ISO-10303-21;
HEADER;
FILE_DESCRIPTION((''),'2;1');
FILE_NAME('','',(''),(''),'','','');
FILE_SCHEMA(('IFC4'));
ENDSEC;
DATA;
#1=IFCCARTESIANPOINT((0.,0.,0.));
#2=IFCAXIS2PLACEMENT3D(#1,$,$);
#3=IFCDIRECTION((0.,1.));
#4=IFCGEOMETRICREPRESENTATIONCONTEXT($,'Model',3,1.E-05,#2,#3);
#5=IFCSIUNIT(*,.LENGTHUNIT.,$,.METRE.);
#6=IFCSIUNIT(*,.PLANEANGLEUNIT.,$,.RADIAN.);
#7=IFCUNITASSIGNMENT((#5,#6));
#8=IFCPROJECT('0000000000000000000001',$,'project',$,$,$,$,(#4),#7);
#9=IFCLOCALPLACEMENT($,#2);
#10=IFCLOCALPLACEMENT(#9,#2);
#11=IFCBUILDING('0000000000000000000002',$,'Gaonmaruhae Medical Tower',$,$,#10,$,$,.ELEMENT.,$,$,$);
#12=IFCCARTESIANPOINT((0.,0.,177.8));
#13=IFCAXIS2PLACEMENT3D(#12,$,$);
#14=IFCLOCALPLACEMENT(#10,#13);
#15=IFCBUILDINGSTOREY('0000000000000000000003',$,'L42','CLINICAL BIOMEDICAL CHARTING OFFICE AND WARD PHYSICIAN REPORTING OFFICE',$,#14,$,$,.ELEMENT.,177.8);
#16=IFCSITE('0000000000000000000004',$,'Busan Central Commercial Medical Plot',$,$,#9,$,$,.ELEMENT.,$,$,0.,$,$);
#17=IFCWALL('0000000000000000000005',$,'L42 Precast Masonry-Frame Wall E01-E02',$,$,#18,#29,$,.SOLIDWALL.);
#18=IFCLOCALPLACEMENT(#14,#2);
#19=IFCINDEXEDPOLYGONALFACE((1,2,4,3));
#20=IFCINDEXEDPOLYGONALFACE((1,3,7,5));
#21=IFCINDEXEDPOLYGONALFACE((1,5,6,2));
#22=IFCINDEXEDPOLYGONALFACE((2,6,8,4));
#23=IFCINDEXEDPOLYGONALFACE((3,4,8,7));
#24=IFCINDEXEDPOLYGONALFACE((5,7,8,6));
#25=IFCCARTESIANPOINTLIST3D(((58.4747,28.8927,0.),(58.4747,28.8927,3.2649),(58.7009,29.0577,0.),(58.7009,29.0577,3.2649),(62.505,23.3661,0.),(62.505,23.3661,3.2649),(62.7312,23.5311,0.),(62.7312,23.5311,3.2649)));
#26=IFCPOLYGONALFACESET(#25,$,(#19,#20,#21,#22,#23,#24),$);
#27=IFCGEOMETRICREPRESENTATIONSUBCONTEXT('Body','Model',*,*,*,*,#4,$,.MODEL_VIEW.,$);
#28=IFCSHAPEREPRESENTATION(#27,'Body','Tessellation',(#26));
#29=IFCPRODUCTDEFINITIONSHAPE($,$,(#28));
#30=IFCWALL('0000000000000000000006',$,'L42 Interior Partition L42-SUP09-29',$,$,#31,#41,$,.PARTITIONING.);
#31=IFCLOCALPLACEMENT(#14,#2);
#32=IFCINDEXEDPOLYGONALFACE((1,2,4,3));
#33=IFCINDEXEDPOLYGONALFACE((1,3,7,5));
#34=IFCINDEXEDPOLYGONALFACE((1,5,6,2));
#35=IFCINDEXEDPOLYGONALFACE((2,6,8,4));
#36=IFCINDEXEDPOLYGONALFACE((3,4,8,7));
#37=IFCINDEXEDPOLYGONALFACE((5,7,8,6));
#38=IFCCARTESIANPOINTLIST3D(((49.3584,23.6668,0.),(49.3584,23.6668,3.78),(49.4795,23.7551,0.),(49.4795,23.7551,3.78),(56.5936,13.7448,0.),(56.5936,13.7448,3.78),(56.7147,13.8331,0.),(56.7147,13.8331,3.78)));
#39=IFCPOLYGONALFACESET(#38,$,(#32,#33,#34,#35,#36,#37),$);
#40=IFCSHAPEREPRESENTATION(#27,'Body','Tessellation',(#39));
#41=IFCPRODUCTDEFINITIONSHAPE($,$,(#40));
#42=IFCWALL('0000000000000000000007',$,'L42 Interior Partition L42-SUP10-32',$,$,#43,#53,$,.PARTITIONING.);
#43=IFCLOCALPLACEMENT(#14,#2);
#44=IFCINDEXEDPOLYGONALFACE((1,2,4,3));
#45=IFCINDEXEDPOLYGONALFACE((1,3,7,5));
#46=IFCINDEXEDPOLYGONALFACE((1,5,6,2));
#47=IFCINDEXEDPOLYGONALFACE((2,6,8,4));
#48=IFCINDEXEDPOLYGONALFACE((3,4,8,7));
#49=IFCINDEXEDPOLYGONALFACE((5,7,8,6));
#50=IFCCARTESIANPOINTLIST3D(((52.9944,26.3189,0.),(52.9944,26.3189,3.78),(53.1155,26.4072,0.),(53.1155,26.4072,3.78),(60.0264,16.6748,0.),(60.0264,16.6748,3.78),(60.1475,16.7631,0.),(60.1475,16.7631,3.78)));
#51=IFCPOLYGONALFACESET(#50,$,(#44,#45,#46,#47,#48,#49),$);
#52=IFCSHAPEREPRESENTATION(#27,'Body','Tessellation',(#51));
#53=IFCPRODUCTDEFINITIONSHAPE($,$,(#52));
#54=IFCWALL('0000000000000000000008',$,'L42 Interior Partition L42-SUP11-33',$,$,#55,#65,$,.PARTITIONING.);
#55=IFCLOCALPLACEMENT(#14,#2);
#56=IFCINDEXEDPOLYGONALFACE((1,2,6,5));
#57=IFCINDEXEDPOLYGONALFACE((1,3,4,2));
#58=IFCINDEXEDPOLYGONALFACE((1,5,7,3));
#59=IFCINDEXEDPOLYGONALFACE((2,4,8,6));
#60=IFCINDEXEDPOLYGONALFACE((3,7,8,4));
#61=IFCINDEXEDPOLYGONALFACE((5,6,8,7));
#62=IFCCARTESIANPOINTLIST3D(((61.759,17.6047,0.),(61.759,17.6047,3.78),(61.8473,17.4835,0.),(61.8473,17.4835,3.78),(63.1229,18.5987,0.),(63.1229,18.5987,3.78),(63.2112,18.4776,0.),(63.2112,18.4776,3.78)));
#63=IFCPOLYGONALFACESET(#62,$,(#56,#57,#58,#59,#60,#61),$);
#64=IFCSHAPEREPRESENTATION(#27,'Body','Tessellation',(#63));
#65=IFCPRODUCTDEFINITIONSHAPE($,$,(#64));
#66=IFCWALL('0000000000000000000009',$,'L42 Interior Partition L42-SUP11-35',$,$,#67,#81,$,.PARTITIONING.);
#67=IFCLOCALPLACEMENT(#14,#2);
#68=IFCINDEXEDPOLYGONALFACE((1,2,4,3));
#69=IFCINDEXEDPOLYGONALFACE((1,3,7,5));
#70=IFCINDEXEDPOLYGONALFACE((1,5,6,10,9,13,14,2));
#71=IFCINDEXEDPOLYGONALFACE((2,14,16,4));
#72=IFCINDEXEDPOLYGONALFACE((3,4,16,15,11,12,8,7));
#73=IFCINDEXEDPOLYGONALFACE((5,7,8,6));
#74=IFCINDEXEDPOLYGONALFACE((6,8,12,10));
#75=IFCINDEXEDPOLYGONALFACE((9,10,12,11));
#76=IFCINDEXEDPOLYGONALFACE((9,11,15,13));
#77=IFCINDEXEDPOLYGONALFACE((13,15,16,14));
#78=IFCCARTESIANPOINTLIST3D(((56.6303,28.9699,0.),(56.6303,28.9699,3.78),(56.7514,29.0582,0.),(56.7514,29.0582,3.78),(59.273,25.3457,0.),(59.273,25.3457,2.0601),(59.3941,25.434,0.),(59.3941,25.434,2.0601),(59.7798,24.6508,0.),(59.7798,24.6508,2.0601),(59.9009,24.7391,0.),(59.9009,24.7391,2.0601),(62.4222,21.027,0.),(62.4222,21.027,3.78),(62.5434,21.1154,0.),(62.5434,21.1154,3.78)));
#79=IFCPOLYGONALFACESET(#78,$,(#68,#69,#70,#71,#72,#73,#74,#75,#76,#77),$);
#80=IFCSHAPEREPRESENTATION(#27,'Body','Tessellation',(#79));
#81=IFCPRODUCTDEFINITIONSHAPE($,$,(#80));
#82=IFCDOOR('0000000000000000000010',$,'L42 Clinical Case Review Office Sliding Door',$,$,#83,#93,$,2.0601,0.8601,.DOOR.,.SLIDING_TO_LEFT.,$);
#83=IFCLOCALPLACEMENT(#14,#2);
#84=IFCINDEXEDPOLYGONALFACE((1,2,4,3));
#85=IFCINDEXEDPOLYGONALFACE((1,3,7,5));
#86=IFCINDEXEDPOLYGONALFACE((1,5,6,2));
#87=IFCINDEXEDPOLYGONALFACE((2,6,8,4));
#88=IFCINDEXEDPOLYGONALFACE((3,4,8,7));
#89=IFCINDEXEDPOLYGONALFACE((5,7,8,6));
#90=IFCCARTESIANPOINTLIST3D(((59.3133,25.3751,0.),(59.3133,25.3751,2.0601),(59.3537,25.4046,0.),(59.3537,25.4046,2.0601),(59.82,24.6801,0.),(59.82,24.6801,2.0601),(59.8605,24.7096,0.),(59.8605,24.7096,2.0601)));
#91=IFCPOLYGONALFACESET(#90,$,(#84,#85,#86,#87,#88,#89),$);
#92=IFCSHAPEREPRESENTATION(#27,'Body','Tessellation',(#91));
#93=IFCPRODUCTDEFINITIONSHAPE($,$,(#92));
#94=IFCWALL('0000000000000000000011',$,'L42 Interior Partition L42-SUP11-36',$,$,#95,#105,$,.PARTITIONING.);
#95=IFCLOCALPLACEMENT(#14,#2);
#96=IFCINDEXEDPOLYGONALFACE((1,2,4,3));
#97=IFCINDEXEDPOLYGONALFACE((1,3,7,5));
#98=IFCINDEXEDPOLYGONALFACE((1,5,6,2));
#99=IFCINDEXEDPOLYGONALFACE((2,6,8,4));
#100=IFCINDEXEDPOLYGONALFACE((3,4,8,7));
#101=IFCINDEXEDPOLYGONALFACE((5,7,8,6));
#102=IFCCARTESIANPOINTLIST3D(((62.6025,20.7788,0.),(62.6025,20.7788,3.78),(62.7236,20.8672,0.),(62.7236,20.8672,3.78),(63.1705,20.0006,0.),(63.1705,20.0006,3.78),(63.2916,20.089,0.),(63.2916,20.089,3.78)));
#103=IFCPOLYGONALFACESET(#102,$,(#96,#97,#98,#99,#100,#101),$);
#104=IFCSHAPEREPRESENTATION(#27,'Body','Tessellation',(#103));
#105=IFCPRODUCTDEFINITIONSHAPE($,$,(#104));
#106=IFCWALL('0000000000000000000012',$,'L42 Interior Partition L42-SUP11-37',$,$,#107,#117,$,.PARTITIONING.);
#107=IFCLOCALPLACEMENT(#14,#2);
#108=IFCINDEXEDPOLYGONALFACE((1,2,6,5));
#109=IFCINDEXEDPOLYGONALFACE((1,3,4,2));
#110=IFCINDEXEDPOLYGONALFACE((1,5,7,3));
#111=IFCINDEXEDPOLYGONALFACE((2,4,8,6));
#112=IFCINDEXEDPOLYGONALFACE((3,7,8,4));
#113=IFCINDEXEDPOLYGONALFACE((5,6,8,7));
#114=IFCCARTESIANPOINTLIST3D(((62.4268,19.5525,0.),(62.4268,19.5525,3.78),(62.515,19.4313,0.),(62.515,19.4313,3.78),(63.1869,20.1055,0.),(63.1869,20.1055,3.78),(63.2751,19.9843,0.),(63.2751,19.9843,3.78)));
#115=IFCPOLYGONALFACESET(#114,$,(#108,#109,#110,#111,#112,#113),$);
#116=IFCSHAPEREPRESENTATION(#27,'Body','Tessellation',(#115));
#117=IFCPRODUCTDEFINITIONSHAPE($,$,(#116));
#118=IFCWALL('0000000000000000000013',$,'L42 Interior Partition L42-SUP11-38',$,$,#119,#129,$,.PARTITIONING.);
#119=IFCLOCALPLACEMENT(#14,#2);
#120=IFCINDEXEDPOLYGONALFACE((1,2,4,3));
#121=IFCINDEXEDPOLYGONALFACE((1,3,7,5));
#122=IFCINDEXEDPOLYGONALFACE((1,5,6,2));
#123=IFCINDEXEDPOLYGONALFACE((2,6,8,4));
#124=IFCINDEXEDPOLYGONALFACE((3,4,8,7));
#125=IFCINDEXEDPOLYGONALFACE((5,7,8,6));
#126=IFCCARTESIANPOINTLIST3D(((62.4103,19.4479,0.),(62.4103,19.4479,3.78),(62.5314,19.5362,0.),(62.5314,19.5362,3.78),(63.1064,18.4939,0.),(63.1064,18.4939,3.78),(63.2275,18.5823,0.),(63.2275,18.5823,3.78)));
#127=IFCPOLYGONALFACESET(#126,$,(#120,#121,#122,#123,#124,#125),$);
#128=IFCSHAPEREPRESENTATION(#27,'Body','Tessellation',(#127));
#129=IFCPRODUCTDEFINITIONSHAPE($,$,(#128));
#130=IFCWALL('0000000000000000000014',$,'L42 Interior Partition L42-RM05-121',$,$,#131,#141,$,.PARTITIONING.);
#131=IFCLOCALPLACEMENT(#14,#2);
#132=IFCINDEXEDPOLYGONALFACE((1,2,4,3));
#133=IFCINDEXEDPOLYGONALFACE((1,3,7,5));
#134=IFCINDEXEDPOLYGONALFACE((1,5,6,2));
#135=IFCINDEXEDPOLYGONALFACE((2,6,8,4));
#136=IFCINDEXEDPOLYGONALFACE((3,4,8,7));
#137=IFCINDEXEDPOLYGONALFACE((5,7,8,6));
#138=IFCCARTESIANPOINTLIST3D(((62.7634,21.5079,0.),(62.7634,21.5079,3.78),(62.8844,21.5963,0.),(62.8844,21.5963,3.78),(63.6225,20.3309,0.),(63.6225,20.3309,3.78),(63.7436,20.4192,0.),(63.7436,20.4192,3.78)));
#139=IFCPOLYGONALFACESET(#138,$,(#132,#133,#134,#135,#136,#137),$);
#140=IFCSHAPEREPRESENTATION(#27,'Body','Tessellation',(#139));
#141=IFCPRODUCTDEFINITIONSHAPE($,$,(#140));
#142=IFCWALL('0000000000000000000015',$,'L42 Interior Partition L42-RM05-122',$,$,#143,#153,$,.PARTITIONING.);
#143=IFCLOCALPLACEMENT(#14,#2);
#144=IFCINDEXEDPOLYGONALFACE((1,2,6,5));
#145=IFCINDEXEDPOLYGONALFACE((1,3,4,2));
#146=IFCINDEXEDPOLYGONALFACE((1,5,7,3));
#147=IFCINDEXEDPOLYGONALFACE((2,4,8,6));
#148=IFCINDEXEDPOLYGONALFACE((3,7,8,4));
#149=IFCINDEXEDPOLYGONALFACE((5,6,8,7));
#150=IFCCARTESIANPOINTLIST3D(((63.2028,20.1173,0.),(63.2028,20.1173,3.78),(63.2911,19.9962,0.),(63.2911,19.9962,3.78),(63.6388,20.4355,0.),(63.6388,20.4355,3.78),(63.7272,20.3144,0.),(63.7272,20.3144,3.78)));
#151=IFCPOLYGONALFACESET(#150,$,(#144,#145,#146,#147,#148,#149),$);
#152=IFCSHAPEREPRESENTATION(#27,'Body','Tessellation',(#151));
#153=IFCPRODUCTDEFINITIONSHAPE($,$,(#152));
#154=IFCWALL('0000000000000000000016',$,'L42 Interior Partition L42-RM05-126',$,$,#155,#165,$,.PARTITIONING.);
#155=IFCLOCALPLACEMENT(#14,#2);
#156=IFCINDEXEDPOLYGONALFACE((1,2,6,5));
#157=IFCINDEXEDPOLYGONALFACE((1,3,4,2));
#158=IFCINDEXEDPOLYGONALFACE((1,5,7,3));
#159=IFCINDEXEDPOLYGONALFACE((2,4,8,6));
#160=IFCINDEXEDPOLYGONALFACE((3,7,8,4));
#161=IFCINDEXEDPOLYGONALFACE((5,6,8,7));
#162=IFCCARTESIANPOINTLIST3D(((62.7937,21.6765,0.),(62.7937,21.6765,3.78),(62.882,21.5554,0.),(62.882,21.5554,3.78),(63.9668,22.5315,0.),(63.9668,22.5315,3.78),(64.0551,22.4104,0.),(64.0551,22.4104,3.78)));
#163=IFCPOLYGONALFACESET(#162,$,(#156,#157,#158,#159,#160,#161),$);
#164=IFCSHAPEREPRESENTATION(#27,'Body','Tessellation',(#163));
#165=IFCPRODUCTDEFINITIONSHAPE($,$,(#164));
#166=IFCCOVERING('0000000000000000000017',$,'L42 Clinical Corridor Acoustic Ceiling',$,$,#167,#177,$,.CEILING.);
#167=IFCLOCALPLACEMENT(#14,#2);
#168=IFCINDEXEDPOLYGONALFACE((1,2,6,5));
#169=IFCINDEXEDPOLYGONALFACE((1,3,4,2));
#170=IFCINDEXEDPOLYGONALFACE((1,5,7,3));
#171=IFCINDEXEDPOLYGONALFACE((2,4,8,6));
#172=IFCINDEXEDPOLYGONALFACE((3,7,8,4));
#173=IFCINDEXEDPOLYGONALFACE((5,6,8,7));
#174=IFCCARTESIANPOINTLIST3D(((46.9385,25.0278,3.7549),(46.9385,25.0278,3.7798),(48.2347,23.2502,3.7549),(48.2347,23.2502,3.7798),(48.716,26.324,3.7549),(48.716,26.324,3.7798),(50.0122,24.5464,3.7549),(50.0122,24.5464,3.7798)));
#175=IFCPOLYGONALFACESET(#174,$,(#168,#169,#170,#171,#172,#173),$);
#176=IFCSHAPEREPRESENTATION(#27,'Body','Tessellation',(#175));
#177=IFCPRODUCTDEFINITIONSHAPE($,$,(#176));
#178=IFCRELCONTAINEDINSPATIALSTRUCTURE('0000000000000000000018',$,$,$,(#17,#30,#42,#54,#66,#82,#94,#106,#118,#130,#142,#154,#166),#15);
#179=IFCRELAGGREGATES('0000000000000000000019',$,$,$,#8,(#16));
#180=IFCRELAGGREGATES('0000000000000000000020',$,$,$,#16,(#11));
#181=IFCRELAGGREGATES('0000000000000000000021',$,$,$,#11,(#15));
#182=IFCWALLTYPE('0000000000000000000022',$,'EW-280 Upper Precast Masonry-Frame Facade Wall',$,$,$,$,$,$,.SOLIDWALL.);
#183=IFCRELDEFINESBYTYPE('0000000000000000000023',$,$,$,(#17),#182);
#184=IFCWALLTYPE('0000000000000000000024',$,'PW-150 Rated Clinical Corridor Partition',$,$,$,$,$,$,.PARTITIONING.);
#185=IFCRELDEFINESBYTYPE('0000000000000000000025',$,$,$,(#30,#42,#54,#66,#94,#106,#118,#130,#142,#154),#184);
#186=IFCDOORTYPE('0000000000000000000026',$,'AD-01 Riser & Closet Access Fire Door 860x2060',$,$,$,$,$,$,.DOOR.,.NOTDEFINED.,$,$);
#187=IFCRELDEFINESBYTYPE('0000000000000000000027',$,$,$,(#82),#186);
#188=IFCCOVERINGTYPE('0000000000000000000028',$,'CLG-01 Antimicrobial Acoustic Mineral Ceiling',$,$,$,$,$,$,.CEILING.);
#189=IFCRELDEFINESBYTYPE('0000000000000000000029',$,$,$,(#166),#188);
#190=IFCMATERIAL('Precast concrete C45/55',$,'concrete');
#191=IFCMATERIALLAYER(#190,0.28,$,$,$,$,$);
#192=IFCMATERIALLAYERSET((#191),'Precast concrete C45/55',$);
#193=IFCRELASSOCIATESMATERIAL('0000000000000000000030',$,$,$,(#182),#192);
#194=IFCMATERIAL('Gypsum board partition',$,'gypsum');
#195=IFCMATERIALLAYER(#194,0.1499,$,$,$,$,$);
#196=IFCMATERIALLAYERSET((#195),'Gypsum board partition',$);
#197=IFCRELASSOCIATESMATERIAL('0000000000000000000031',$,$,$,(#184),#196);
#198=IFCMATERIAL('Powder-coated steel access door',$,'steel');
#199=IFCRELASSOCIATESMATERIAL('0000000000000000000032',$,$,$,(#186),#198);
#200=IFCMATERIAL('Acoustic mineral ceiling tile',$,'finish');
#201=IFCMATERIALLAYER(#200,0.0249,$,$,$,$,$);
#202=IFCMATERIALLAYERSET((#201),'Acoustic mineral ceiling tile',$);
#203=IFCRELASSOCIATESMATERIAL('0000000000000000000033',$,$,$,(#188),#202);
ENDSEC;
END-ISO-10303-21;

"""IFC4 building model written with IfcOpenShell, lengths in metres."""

from ifc_helpers import new_model, si_unit, direction, frame, frame_2d, origin, origin_2d, place, context, subcontext, project, spatial, rectangle, extrude, material, layer, layer_set, type_object, element, fill, save


model = new_model("IFC4")

# Units and contexts
model_context = context("Model", 3, precision=1e-05, world=origin(), true_north=direction((0.0, 1.0)))
body_context = subcontext(model_context, "Body", "Model", "MODEL_VIEW")
ifc_project = project(units=[si_unit("LENGTHUNIT", "METRE"), si_unit("PLANEANGLEUNIT", "RADIAN")], contexts=[model_context])

# Site, building, storey
site_placement = place(None, origin())
site = spatial("IfcSite", under=ifc_project, at=site_placement, Name="Busan Central Commercial Medical Plot", CompositionType="ELEMENT", RefElevation=0.0)
building_placement = place(site_placement, origin())
building = spatial("IfcBuilding", under=site, at=building_placement, Name="Gaonmaruhae Medical Tower", CompositionType="ELEMENT")
storey_placement = place(building_placement, frame((0.0, 0.0, 177.8)))
storey = spatial("IfcBuildingStorey", under=building, at=storey_placement, Name="L42", Description="CLINICAL BIOMEDICAL CHARTING OFFICE AND WARD PHYSICIAN REPORTING OFFICE", CompositionType="ELEMENT", Elevation=177.8)

# Walls
ifc_material_1 = material(Name="Precast concrete C45/55", Category="concrete")
ifc_layer_1 = layer(ifc_material_1, 0.28)
ifc_layer_set_1 = layer_set([ifc_layer_1], Name="Precast concrete C45/55")
wall_type_1 = type_object("IfcWallType", Name="EW-280 Upper Precast Masonry-Frame Facade Wall", PredefinedType="SOLIDWALL", material=ifc_layer_set_1)
wall_1_placement = place(storey_placement, frame((58.5879, 28.9751, 0.0), z_axis=(0.0, 0.0, 1.0), x_axis=(0.589215, -0.807976, 0.0)))
element("IfcWall", 1, at=wall_1_placement, inside=storey, type_object=wall_type_1, Name="L42 Precast Masonry-Frame Wall E01-E02", PredefinedType="SOLIDWALL", context=body_context, shape_type="SweptSolid", body=[
    extrude(rectangle(XDim=6.8401, YDim=0.28, at=frame_2d((3.4199, 0.0))), origin(), (0.0, 0.0, 1.0), 3.2649),
])
ifc_material_2 = material(Name="Gypsum board partition", Category="gypsum")
ifc_layer_2 = layer(ifc_material_2, 0.1499)
ifc_layer_set_2 = layer_set([ifc_layer_2], Name="Gypsum board partition")
wall_type_2 = type_object("IfcWallType", Name="PW-150 Rated Clinical Corridor Partition", PredefinedType="PARTITIONING", material=ifc_layer_set_2)
wall_2_placement = place(storey_placement, frame((49.4189, 23.7109, 0.0), z_axis=(0.0, 0.0, 1.0), x_axis=(0.589194, -0.807992, 0.0)))
element("IfcWall", 2, at=wall_2_placement, inside=storey, type_object=wall_type_2, Name="L42 Interior Partition L42-SUP09-29", PredefinedType="PARTITIONING", context=body_context, shape_type="SweptSolid", body=[
    extrude(rectangle(XDim=12.2798, YDim=0.1499, at=frame_2d((6.1399, 0.0))), origin(), (0.0, 0.0, 1.0), 3.78),
])

# Walls
wall_3_placement = place(storey_placement, frame((53.0549, 26.363, 0.0), z_axis=(0.0, 0.0, 1.0), x_axis=(0.589165, -0.808013, 0.0)))
element("IfcWall", 3, at=wall_3_placement, inside=storey, type_object=wall_type_2, Name="L42 Interior Partition L42-SUP10-32", PredefinedType="PARTITIONING", context=body_context, shape_type="SweptSolid", body=[
    extrude(rectangle(XDim=11.9355, YDim=0.1499, at=frame_2d((5.9678, 0.0))), origin(), (0.0, 0.0, 1.0), 3.78),
])
wall_4_placement = place(storey_placement, frame((63.167, 18.5381, 0.0), z_axis=(0.0, 0.0, 1.0), x_axis=(-0.808135, -0.588997, 0.0)))
element("IfcWall", 4, at=wall_4_placement, inside=storey, type_object=wall_type_2, Name="L42 Interior Partition L42-SUP11-33", PredefinedType="PARTITIONING", context=body_context, shape_type="SweptSolid", body=[
    extrude(rectangle(XDim=1.6877, YDim=0.1499, at=frame_2d((0.8438, 0.0))), origin(), (0.0, 0.0, 1.0), 3.78),
])

# Wall, opening, door
wall_5_placement = place(storey_placement, frame((56.6909, 29.0139, 0.0), z_axis=(0.0, 0.0, 1.0), x_axis=(0.589193, -0.807992, 0.0)))
wall_5 = element("IfcWall", 5, at=wall_5_placement, inside=storey, type_object=wall_type_2, Name="L42 Interior Partition L42-SUP11-35", PredefinedType="PARTITIONING", context=body_context, shape_type="SweptSolid", body=[
    extrude(rectangle(XDim=9.8303, YDim=0.1499, at=frame_2d((4.915, 0.0))), origin(), (0.0, 0.0, 1.0), 3.78),
])
opening_1_placement = place(wall_5_placement, frame((4.4851, 0.0, 0.0)))
opening_1 = element("IfcOpeningElement", 6, at=opening_1_placement, cuts=wall_5, PredefinedType="OPENING", context=body_context, shape_type="SweptSolid", body=[
    extrude(rectangle(XDim=0.8601, YDim=2.0601, at=frame_2d((0.4302, 1.03))), frame((0.0, 0.085, 0.0), z_axis=(0.0, -1.0, 0.0), x_axis=(1.0, 0.0, 0.0)), (0.0, 0.0, 1.0), 0.1699),
])
ifc_material_3 = material(Name="Powder-coated steel access door", Category="steel")
door_type_1 = type_object("IfcDoorType", Name="AD-01 Riser & Closet Access Fire Door 860x2060", OperationType="NOTDEFINED", PredefinedType="DOOR", material=ifc_material_3)
door_1_placement = place(opening_1_placement, origin())
door_1 = element("IfcDoor", 7, at=door_1_placement, inside=storey, type_object=door_type_1, Name="L42 Clinical Case Review Office Sliding Door", OperationType="SLIDING_TO_LEFT", OverallHeight=2.0601, OverallWidth=0.8601, PredefinedType="DOOR", context=body_context, shape_type="SweptSolid", body=[
    extrude(rectangle(XDim=0.8601, YDim=2.0601, at=frame_2d((0.4302, 1.03))), frame((0.0, 0.0249, 0.0), z_axis=(0.0, -1.0, 0.0), x_axis=(1.0, 0.0, 0.0)), (0.0, 0.0, 1.0), 0.05),
])
fill(opening_1, door_1)

# Walls
wall_6_placement = place(storey_placement, frame((62.6631, 20.823, 0.0), z_axis=(0.0, 0.0, 1.0), x_axis=(0.589527, -0.807749, 0.0)))
element("IfcWall", 8, at=wall_6_placement, inside=storey, type_object=wall_type_2, Name="L42 Interior Partition L42-SUP11-36", PredefinedType="PARTITIONING", context=body_context, shape_type="SweptSolid", body=[
    extrude(rectangle(XDim=0.9634, YDim=0.1499, at=frame_2d((0.4817, 0.0))), origin(), (0.0, 0.0, 1.0), 3.78),
])
wall_7_placement = place(storey_placement, frame((63.231, 20.0449, 0.0), z_axis=(0.0, 0.0, 1.0), x_axis=(-0.808613, -0.588342, 0.0)))
element("IfcWall", 9, at=wall_7_placement, inside=storey, type_object=wall_type_2, Name="L42 Interior Partition L42-SUP11-37", PredefinedType="PARTITIONING", context=body_context, shape_type="SweptSolid", body=[
    extrude(rectangle(XDim=0.9399, YDim=0.1499, at=frame_2d((0.47, 0.0))), origin(), (0.0, 0.0, 1.0), 3.78),
])
wall_8_placement = place(storey_placement, frame((62.4709, 19.4919, 0.0), z_axis=(0.0, 0.0, 1.0), x_axis=(0.589462, -0.807796, 0.0)))
element("IfcWall", 10, at=wall_8_placement, inside=storey, type_object=wall_type_2, Name="L42 Interior Partition L42-SUP11-38", PredefinedType="PARTITIONING", context=body_context, shape_type="SweptSolid", body=[
    extrude(rectangle(XDim=1.1809, YDim=0.1499, at=frame_2d((0.5903, 0.0))), origin(), (0.0, 0.0, 1.0), 3.78),
])
wall_9_placement = place(storey_placement, frame((62.824, 21.552, 0.0), z_axis=(0.0, 0.0, 1.0), x_axis=(0.589575, -0.807713, 0.0)))
element("IfcWall", 11, at=wall_9_placement, inside=storey, type_object=wall_type_2, Name="L42 Interior Partition L42-RM05-121", PredefinedType="PARTITIONING", context=body_context, shape_type="SweptSolid", body=[
    extrude(rectangle(XDim=1.4573, YDim=0.1499, at=frame_2d((0.7285, 0.0))), origin(), (0.0, 0.0, 1.0), 3.78),
])
wall_10_placement = place(storey_placement, frame((63.6831, 20.375, 0.0), z_axis=(0.0, 0.0, 1.0), x_axis=(-0.807855, -0.589381, 0.0)))
element("IfcWall", 12, at=wall_10_placement, inside=storey, type_object=wall_type_2, Name="L42 Interior Partition L42-RM05-122", PredefinedType="PARTITIONING", context=body_context, shape_type="SweptSolid", body=[
    extrude(rectangle(XDim=0.5398, YDim=0.1499, at=frame_2d((0.27, 0.0))), origin(), (0.0, 0.0, 1.0), 3.78),
])
wall_11_placement = place(storey_placement, frame((64.011, 22.4709, 0.0), z_axis=(0.0, 0.0, 1.0), x_axis=(-0.808139, -0.588991, 0.0)))
element("IfcWall", 13, at=wall_11_placement, inside=storey, type_object=wall_type_2, Name="L42 Interior Partition L42-RM05-126", PredefinedType="PARTITIONING", context=body_context, shape_type="SweptSolid", body=[
    extrude(rectangle(XDim=1.4517, YDim=0.1499, at=frame_2d((0.7258, 0.0))), origin(), (0.0, 0.0, 1.0), 3.78),
])

# Covering
ifc_material_4 = material(Name="Acoustic mineral ceiling tile", Category="finish")
ifc_layer_3 = layer(ifc_material_4, 0.0249)
ifc_layer_set_3 = layer_set([ifc_layer_3], Name="Acoustic mineral ceiling tile")
covering_type_1 = type_object("IfcCoveringType", Name="CLG-01 Antimicrobial Acoustic Mineral Ceiling", PredefinedType="CEILING", material=ifc_layer_set_3)
covering_1_placement = place(storey_placement, frame((48.4753, 24.7871, 3.7549), z_axis=(0.0, 0.0, 1.0), x_axis=(0.80799, 0.589196, 0.0)))
element("IfcCovering", 14, at=covering_1_placement, inside=storey, type_object=covering_type_1, Name="L42 Clinical Corridor Acoustic Ceiling", PredefinedType="CEILING", context=body_context, shape_type="SweptSolid", body=[
    extrude(rectangle(XDim=2.2, YDim=2.2, at=origin_2d()), origin(), (0.0, 0.0, 1.0), 0.0249),
])

save(model, "model.ifc")
